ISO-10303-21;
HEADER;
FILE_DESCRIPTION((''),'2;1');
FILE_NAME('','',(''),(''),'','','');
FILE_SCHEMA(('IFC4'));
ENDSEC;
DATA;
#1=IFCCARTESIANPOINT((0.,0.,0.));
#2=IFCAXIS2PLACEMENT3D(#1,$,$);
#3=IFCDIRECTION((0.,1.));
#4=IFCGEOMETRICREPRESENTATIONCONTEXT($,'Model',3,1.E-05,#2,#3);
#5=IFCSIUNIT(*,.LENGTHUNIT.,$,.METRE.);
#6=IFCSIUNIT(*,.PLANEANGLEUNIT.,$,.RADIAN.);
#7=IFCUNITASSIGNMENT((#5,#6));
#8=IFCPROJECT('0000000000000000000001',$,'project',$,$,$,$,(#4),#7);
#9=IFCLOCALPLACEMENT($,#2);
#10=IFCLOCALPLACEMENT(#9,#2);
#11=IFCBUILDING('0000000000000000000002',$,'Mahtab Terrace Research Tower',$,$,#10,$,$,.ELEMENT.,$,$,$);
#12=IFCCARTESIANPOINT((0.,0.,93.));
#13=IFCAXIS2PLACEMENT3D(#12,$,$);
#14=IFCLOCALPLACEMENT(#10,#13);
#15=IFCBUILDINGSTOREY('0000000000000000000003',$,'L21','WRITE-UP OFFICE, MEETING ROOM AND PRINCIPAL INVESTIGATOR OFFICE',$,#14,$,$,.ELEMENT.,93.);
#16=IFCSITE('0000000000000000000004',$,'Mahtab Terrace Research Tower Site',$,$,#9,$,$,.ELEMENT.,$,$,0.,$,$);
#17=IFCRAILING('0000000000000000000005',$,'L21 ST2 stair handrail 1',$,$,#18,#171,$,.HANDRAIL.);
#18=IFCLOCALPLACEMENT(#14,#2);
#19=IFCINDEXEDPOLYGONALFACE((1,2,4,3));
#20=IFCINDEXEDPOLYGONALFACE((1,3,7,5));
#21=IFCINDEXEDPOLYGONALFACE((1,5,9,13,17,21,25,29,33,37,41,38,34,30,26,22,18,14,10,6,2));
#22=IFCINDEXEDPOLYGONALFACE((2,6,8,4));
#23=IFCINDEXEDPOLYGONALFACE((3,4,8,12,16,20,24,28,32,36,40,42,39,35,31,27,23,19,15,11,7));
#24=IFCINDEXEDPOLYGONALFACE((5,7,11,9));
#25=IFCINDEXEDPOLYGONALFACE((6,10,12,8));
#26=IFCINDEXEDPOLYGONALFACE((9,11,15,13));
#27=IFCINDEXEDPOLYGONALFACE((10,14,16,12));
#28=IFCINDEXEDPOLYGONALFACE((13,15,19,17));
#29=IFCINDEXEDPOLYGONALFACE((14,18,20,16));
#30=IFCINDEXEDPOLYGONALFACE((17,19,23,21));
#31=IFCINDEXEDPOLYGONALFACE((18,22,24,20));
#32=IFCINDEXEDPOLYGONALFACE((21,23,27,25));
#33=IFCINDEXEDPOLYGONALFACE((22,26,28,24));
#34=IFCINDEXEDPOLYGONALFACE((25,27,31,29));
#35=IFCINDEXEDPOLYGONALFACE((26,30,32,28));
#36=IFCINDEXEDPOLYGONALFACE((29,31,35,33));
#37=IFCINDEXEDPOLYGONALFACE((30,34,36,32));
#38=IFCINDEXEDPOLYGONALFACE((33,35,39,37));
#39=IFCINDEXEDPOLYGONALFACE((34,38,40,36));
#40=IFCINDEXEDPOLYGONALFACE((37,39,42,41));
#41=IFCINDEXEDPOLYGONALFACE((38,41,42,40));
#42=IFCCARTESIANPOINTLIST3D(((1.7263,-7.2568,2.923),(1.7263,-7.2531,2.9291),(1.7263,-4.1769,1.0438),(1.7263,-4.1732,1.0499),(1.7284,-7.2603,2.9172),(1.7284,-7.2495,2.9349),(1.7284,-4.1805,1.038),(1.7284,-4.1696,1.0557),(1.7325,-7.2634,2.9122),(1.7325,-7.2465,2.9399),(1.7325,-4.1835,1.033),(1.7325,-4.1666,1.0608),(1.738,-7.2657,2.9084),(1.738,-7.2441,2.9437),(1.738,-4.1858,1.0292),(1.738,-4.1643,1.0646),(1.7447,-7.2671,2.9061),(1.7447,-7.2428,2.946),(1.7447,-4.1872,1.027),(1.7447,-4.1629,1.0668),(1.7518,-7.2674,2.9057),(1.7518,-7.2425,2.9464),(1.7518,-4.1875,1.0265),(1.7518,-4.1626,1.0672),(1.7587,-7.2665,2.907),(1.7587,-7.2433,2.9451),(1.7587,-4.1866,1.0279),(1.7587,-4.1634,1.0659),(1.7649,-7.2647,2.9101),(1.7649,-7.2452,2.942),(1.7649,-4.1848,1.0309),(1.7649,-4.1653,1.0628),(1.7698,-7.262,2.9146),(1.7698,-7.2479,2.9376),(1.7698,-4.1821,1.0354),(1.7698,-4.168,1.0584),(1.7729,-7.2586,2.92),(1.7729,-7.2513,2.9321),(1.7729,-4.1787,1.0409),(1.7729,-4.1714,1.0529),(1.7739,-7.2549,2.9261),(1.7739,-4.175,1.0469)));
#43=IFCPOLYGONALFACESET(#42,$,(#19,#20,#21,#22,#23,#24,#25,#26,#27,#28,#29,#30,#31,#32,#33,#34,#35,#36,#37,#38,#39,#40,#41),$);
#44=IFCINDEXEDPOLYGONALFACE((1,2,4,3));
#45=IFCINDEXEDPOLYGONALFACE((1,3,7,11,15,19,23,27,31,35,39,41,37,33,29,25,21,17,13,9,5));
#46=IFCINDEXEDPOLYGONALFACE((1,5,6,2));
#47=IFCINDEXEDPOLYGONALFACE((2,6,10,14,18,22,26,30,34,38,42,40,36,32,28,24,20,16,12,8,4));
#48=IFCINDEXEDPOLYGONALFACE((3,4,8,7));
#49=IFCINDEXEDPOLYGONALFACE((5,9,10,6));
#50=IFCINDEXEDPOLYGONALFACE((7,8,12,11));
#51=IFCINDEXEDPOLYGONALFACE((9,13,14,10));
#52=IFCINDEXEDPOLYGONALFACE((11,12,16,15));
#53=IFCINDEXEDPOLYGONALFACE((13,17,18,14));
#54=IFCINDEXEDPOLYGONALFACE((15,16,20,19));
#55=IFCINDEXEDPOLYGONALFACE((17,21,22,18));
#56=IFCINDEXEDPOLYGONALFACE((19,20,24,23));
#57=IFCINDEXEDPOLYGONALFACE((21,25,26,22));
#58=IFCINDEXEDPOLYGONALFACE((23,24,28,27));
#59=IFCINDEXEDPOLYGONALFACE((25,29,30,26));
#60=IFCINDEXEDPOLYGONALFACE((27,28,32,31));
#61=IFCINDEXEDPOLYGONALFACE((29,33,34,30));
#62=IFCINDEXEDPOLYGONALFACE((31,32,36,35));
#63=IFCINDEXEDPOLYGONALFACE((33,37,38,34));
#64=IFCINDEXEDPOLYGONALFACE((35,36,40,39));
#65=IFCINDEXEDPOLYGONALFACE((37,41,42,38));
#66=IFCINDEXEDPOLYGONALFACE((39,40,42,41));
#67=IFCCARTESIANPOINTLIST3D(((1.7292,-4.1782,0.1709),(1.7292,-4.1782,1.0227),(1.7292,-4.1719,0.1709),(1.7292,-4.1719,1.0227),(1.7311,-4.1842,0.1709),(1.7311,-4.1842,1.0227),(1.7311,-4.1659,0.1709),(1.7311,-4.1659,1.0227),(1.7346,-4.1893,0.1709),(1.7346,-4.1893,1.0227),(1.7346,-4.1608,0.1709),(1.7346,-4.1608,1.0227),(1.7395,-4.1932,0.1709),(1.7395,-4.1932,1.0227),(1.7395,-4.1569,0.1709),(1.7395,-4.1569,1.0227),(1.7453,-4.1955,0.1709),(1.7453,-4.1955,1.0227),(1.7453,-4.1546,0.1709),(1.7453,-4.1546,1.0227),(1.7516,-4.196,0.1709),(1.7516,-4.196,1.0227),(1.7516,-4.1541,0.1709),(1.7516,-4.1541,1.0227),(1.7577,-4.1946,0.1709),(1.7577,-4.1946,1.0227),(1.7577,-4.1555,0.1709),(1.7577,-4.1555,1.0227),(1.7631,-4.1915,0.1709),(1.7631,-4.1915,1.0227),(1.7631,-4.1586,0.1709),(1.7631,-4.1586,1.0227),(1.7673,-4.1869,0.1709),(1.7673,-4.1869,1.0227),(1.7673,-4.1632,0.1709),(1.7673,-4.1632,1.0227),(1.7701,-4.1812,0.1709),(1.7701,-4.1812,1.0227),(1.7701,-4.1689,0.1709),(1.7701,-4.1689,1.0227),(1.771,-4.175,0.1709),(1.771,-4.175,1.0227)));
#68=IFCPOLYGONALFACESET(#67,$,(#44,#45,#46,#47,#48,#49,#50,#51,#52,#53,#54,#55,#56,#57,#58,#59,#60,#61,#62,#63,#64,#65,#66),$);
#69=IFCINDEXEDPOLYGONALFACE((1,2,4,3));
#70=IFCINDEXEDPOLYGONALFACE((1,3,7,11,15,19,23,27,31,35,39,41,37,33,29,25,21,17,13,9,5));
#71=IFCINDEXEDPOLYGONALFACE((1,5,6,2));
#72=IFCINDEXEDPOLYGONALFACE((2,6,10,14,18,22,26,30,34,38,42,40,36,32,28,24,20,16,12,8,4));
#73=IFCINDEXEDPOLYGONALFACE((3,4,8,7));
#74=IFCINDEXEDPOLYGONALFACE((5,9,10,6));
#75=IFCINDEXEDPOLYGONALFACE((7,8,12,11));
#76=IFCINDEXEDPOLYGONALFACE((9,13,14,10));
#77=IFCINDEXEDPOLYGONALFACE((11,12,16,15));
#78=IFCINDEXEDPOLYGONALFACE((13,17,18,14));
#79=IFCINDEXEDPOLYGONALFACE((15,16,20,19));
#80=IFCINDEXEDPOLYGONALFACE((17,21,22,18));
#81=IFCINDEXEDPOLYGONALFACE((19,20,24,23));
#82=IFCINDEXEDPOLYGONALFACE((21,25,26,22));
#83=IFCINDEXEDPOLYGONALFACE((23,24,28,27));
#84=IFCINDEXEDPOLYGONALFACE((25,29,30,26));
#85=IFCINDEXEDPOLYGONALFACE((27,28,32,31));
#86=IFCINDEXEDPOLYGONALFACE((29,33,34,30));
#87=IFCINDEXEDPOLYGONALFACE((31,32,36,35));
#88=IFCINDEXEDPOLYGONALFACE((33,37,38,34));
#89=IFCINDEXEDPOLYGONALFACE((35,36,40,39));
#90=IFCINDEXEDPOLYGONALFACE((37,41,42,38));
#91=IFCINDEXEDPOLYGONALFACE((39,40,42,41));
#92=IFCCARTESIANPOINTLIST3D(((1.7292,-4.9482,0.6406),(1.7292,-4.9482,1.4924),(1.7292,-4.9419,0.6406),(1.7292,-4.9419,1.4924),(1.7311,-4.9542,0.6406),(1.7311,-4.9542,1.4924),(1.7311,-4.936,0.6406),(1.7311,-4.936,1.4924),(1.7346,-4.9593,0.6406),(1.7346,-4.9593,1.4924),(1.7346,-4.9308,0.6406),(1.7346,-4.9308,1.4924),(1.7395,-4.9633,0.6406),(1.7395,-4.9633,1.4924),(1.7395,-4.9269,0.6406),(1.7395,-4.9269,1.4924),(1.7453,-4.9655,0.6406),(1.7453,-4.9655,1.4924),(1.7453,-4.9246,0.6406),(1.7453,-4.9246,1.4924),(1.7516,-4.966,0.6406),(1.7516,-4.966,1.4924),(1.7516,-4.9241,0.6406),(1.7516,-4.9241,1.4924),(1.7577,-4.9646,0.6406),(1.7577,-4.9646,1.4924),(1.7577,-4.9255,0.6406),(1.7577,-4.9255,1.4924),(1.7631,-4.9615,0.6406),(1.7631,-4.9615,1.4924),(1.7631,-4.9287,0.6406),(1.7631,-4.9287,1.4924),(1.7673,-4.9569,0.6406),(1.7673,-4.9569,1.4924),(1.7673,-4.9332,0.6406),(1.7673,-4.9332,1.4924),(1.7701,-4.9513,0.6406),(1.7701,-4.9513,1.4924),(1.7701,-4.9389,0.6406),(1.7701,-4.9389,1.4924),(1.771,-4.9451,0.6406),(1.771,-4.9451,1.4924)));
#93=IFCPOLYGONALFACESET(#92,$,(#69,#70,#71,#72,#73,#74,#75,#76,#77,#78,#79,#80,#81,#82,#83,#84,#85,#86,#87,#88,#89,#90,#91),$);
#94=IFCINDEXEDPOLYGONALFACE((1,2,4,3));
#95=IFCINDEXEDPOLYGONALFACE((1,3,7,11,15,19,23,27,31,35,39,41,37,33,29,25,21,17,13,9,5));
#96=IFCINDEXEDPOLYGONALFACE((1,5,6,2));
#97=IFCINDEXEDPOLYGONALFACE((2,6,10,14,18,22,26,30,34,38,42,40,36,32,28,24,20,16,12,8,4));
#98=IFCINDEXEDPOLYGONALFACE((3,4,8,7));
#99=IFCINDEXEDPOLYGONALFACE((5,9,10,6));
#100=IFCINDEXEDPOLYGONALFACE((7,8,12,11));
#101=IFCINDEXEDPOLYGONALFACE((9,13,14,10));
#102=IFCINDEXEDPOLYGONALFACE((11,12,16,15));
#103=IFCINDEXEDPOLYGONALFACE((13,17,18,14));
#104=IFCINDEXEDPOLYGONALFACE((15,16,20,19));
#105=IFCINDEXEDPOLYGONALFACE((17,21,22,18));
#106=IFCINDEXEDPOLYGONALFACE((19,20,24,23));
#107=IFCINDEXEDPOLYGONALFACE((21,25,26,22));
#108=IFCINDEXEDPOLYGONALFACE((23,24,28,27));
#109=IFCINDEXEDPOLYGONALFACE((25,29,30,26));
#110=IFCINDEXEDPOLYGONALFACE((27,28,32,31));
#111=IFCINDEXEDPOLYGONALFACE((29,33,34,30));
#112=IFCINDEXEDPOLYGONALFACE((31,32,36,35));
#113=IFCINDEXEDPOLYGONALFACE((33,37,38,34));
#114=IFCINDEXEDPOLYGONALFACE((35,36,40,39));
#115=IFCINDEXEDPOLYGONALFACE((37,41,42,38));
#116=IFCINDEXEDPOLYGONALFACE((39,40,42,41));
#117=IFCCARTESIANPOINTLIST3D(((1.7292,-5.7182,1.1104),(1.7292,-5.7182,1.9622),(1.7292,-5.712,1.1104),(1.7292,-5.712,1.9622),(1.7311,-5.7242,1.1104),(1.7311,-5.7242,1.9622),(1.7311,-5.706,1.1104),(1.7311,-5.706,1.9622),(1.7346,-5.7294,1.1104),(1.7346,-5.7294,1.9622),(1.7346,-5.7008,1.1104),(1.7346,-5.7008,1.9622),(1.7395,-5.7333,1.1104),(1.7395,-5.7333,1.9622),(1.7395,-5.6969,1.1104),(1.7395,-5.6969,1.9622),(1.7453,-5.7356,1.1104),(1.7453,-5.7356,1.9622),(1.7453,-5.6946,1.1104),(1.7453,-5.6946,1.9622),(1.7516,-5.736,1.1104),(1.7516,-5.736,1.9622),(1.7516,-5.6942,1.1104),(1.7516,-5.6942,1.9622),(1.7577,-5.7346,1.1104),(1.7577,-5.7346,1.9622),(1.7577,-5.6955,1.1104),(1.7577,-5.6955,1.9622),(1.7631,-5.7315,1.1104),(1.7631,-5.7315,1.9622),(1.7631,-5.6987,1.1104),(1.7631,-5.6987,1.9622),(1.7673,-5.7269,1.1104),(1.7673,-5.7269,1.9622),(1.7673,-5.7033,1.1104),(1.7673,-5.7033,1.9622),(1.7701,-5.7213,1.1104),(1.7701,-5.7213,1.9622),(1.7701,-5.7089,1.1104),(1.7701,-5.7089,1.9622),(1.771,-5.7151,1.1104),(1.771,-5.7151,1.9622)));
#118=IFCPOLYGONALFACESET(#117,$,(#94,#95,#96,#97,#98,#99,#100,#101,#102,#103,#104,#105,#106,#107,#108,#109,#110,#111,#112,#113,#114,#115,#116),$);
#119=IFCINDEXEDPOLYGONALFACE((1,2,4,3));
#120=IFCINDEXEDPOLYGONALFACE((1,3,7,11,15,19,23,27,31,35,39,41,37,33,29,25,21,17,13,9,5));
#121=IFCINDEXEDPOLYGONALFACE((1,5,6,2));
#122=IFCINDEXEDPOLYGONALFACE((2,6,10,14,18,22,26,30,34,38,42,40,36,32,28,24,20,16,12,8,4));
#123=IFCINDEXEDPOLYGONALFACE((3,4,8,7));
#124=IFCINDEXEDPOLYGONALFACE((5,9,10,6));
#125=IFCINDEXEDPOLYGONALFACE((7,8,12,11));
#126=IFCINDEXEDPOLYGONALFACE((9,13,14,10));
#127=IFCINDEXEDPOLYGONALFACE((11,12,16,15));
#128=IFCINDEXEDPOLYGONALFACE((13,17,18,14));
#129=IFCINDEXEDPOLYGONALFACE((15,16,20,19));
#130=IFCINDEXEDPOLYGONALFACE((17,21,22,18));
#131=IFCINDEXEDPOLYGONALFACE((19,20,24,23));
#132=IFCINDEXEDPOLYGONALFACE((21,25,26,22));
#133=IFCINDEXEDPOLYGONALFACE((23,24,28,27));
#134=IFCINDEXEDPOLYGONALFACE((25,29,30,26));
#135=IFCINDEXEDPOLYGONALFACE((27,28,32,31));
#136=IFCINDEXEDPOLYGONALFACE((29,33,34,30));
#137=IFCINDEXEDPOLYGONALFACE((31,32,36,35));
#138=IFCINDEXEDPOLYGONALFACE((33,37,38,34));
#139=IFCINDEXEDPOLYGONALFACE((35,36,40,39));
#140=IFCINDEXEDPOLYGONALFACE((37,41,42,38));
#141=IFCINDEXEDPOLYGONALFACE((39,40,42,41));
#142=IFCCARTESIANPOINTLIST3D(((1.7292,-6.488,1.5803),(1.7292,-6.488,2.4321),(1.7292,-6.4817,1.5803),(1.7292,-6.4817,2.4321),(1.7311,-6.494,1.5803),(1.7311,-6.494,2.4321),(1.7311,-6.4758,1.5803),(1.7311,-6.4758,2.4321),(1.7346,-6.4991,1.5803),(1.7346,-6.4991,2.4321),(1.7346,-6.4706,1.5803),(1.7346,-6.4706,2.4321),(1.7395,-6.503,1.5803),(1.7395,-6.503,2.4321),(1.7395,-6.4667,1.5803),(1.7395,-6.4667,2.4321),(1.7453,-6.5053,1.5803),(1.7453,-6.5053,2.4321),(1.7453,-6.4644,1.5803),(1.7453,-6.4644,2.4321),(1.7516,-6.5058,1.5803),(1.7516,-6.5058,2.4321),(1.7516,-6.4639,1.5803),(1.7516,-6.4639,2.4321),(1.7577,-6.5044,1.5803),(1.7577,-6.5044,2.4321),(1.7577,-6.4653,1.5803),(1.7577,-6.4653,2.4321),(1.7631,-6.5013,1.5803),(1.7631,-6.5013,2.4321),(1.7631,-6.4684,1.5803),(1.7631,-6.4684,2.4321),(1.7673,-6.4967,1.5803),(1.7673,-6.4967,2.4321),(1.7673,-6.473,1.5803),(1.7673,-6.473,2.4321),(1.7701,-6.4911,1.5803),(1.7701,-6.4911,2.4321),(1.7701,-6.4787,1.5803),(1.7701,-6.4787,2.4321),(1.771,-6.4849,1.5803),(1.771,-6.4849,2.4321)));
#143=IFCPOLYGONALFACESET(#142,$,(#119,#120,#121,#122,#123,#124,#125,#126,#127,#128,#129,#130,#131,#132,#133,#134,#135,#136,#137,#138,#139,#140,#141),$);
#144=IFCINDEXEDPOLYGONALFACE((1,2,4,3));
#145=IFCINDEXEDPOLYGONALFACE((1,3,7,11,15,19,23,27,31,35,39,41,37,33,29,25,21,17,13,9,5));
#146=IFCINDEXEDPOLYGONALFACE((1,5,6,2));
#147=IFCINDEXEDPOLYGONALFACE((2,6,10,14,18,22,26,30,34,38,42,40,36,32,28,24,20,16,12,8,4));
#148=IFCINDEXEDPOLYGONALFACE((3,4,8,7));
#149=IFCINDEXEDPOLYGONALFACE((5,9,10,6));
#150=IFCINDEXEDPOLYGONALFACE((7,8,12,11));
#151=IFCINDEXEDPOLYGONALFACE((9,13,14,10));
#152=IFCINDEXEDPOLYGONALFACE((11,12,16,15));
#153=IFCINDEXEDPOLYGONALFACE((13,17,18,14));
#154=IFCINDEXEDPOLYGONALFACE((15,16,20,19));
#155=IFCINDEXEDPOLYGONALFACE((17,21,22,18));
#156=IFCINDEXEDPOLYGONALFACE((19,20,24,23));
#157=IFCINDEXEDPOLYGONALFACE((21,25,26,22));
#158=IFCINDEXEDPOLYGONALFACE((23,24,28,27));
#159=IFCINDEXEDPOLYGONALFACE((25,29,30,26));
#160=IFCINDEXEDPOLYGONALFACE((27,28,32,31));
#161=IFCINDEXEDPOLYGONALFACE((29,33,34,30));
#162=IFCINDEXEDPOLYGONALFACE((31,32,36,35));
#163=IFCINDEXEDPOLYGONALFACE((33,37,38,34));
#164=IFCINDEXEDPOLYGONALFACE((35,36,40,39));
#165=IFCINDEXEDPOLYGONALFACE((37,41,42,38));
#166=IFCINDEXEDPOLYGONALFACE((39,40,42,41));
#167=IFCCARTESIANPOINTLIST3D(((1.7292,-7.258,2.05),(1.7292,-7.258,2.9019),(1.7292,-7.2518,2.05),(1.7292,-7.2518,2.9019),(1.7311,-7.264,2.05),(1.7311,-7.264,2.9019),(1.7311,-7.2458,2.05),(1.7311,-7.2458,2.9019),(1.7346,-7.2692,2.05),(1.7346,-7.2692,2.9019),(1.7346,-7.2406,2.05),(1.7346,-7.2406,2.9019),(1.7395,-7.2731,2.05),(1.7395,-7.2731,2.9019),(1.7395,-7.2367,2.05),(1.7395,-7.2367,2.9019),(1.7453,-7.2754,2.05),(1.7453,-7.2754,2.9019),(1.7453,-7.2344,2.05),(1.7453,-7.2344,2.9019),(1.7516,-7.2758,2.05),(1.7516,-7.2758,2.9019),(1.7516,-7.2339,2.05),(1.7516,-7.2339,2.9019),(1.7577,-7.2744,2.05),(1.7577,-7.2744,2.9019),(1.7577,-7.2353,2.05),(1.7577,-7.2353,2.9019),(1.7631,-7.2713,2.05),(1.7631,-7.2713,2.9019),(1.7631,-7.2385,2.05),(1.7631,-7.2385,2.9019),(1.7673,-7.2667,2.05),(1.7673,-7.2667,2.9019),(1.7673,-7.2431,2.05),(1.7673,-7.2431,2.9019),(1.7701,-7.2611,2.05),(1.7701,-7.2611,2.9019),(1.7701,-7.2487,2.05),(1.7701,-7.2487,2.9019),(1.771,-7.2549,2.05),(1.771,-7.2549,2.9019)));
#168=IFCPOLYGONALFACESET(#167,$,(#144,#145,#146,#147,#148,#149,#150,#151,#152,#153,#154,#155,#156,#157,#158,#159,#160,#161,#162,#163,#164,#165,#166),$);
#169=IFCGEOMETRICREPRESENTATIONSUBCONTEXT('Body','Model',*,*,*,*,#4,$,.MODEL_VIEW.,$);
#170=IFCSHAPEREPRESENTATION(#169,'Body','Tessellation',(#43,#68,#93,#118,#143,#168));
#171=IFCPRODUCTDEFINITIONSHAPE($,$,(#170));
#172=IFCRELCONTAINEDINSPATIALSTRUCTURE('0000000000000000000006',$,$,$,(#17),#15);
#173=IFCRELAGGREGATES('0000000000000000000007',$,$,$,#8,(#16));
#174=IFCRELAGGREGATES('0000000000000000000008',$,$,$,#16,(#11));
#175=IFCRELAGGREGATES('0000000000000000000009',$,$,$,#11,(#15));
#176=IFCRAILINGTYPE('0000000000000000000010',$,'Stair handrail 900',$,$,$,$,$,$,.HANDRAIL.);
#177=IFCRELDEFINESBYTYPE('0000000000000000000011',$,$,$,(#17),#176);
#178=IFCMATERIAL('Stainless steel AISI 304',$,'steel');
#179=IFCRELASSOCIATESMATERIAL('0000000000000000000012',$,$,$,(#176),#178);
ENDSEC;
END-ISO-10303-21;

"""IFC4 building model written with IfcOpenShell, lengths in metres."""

from ifc_helpers import new_model, si_unit, direction, frame, origin, origin_2d, place, context, subcontext, project, spatial, circle, extrude, material, type_object, element, save


model = new_model("IFC4")

# Units and contexts
model_context = context("Model", 3, precision=1e-05, world=origin(), true_north=direction((0.0, 1.0)))
body_context = subcontext(model_context, "Body", "Model", "MODEL_VIEW")
ifc_project = project(units=[si_unit("LENGTHUNIT", "METRE"), si_unit("PLANEANGLEUNIT", "RADIAN")], contexts=[model_context])

# Site, building, storey
site_placement = place(None, origin())
site = spatial("IfcSite", under=ifc_project, at=site_placement, Name="Mahtab Terrace Research Tower Site", CompositionType="ELEMENT", RefElevation=0.0)
building_placement = place(site_placement, origin())
building = spatial("IfcBuilding", under=site, at=building_placement, Name="Mahtab Terrace Research Tower", CompositionType="ELEMENT")
storey_placement = place(building_placement, frame((0.0, 0.0, 93.0)))
storey = spatial("IfcBuildingStorey", under=building, at=storey_placement, Name="L21", Description="WRITE-UP OFFICE, MEETING ROOM AND PRINCIPAL INVESTIGATOR OFFICE", CompositionType="ELEMENT", Elevation=93.0)

# Railing
ifc_material_1 = material(Name="Stainless steel AISI 304", Category="steel")
railing_type_1 = type_object("IfcRailingType", Name="Stair handrail 900", PredefinedType="HANDRAIL", material=ifc_material_1)
railing_1_placement = place(storey_placement, frame((1.75, -4.175, 0.1709)))
element("IfcRailing", 1, at=railing_1_placement, inside=storey, type_object=railing_type_1, Name="L21 ST2 stair handrail 1", PredefinedType="HANDRAIL", context=body_context, shape_type="SweptSolid", body=[
    extrude(circle(Radius=0.0239, at=origin_2d()), frame((0.0, 0.0, 0.876), z_axis=(0.0, -0.853648, 0.52085), x_axis=(1.0, 0.0, 0.0)), (0.0, 0.0, 1.0), 3.6079),
    extrude(circle(Radius=0.021, at=origin_2d()), origin(), (0.0, 0.0, 1.0), 0.8518),
    extrude(circle(Radius=0.021, at=origin_2d()), frame((0.0, -0.77, 0.4697)), (0.0, 0.0, 1.0), 0.8518),
    extrude(circle(Radius=0.021, at=origin_2d()), frame((0.0, -1.54, 0.9395)), (0.0, 0.0, 1.0), 0.8518),
    extrude(circle(Radius=0.021, at=origin_2d()), frame((0.0, -2.3098, 1.4094)), (0.0, 0.0, 1.0), 0.8518),
    extrude(circle(Radius=0.021, at=origin_2d()), frame((0.0, -3.0798, 1.8792)), (0.0, 0.0, 1.0), 0.8518),
])

save(model, "model.ifc")
